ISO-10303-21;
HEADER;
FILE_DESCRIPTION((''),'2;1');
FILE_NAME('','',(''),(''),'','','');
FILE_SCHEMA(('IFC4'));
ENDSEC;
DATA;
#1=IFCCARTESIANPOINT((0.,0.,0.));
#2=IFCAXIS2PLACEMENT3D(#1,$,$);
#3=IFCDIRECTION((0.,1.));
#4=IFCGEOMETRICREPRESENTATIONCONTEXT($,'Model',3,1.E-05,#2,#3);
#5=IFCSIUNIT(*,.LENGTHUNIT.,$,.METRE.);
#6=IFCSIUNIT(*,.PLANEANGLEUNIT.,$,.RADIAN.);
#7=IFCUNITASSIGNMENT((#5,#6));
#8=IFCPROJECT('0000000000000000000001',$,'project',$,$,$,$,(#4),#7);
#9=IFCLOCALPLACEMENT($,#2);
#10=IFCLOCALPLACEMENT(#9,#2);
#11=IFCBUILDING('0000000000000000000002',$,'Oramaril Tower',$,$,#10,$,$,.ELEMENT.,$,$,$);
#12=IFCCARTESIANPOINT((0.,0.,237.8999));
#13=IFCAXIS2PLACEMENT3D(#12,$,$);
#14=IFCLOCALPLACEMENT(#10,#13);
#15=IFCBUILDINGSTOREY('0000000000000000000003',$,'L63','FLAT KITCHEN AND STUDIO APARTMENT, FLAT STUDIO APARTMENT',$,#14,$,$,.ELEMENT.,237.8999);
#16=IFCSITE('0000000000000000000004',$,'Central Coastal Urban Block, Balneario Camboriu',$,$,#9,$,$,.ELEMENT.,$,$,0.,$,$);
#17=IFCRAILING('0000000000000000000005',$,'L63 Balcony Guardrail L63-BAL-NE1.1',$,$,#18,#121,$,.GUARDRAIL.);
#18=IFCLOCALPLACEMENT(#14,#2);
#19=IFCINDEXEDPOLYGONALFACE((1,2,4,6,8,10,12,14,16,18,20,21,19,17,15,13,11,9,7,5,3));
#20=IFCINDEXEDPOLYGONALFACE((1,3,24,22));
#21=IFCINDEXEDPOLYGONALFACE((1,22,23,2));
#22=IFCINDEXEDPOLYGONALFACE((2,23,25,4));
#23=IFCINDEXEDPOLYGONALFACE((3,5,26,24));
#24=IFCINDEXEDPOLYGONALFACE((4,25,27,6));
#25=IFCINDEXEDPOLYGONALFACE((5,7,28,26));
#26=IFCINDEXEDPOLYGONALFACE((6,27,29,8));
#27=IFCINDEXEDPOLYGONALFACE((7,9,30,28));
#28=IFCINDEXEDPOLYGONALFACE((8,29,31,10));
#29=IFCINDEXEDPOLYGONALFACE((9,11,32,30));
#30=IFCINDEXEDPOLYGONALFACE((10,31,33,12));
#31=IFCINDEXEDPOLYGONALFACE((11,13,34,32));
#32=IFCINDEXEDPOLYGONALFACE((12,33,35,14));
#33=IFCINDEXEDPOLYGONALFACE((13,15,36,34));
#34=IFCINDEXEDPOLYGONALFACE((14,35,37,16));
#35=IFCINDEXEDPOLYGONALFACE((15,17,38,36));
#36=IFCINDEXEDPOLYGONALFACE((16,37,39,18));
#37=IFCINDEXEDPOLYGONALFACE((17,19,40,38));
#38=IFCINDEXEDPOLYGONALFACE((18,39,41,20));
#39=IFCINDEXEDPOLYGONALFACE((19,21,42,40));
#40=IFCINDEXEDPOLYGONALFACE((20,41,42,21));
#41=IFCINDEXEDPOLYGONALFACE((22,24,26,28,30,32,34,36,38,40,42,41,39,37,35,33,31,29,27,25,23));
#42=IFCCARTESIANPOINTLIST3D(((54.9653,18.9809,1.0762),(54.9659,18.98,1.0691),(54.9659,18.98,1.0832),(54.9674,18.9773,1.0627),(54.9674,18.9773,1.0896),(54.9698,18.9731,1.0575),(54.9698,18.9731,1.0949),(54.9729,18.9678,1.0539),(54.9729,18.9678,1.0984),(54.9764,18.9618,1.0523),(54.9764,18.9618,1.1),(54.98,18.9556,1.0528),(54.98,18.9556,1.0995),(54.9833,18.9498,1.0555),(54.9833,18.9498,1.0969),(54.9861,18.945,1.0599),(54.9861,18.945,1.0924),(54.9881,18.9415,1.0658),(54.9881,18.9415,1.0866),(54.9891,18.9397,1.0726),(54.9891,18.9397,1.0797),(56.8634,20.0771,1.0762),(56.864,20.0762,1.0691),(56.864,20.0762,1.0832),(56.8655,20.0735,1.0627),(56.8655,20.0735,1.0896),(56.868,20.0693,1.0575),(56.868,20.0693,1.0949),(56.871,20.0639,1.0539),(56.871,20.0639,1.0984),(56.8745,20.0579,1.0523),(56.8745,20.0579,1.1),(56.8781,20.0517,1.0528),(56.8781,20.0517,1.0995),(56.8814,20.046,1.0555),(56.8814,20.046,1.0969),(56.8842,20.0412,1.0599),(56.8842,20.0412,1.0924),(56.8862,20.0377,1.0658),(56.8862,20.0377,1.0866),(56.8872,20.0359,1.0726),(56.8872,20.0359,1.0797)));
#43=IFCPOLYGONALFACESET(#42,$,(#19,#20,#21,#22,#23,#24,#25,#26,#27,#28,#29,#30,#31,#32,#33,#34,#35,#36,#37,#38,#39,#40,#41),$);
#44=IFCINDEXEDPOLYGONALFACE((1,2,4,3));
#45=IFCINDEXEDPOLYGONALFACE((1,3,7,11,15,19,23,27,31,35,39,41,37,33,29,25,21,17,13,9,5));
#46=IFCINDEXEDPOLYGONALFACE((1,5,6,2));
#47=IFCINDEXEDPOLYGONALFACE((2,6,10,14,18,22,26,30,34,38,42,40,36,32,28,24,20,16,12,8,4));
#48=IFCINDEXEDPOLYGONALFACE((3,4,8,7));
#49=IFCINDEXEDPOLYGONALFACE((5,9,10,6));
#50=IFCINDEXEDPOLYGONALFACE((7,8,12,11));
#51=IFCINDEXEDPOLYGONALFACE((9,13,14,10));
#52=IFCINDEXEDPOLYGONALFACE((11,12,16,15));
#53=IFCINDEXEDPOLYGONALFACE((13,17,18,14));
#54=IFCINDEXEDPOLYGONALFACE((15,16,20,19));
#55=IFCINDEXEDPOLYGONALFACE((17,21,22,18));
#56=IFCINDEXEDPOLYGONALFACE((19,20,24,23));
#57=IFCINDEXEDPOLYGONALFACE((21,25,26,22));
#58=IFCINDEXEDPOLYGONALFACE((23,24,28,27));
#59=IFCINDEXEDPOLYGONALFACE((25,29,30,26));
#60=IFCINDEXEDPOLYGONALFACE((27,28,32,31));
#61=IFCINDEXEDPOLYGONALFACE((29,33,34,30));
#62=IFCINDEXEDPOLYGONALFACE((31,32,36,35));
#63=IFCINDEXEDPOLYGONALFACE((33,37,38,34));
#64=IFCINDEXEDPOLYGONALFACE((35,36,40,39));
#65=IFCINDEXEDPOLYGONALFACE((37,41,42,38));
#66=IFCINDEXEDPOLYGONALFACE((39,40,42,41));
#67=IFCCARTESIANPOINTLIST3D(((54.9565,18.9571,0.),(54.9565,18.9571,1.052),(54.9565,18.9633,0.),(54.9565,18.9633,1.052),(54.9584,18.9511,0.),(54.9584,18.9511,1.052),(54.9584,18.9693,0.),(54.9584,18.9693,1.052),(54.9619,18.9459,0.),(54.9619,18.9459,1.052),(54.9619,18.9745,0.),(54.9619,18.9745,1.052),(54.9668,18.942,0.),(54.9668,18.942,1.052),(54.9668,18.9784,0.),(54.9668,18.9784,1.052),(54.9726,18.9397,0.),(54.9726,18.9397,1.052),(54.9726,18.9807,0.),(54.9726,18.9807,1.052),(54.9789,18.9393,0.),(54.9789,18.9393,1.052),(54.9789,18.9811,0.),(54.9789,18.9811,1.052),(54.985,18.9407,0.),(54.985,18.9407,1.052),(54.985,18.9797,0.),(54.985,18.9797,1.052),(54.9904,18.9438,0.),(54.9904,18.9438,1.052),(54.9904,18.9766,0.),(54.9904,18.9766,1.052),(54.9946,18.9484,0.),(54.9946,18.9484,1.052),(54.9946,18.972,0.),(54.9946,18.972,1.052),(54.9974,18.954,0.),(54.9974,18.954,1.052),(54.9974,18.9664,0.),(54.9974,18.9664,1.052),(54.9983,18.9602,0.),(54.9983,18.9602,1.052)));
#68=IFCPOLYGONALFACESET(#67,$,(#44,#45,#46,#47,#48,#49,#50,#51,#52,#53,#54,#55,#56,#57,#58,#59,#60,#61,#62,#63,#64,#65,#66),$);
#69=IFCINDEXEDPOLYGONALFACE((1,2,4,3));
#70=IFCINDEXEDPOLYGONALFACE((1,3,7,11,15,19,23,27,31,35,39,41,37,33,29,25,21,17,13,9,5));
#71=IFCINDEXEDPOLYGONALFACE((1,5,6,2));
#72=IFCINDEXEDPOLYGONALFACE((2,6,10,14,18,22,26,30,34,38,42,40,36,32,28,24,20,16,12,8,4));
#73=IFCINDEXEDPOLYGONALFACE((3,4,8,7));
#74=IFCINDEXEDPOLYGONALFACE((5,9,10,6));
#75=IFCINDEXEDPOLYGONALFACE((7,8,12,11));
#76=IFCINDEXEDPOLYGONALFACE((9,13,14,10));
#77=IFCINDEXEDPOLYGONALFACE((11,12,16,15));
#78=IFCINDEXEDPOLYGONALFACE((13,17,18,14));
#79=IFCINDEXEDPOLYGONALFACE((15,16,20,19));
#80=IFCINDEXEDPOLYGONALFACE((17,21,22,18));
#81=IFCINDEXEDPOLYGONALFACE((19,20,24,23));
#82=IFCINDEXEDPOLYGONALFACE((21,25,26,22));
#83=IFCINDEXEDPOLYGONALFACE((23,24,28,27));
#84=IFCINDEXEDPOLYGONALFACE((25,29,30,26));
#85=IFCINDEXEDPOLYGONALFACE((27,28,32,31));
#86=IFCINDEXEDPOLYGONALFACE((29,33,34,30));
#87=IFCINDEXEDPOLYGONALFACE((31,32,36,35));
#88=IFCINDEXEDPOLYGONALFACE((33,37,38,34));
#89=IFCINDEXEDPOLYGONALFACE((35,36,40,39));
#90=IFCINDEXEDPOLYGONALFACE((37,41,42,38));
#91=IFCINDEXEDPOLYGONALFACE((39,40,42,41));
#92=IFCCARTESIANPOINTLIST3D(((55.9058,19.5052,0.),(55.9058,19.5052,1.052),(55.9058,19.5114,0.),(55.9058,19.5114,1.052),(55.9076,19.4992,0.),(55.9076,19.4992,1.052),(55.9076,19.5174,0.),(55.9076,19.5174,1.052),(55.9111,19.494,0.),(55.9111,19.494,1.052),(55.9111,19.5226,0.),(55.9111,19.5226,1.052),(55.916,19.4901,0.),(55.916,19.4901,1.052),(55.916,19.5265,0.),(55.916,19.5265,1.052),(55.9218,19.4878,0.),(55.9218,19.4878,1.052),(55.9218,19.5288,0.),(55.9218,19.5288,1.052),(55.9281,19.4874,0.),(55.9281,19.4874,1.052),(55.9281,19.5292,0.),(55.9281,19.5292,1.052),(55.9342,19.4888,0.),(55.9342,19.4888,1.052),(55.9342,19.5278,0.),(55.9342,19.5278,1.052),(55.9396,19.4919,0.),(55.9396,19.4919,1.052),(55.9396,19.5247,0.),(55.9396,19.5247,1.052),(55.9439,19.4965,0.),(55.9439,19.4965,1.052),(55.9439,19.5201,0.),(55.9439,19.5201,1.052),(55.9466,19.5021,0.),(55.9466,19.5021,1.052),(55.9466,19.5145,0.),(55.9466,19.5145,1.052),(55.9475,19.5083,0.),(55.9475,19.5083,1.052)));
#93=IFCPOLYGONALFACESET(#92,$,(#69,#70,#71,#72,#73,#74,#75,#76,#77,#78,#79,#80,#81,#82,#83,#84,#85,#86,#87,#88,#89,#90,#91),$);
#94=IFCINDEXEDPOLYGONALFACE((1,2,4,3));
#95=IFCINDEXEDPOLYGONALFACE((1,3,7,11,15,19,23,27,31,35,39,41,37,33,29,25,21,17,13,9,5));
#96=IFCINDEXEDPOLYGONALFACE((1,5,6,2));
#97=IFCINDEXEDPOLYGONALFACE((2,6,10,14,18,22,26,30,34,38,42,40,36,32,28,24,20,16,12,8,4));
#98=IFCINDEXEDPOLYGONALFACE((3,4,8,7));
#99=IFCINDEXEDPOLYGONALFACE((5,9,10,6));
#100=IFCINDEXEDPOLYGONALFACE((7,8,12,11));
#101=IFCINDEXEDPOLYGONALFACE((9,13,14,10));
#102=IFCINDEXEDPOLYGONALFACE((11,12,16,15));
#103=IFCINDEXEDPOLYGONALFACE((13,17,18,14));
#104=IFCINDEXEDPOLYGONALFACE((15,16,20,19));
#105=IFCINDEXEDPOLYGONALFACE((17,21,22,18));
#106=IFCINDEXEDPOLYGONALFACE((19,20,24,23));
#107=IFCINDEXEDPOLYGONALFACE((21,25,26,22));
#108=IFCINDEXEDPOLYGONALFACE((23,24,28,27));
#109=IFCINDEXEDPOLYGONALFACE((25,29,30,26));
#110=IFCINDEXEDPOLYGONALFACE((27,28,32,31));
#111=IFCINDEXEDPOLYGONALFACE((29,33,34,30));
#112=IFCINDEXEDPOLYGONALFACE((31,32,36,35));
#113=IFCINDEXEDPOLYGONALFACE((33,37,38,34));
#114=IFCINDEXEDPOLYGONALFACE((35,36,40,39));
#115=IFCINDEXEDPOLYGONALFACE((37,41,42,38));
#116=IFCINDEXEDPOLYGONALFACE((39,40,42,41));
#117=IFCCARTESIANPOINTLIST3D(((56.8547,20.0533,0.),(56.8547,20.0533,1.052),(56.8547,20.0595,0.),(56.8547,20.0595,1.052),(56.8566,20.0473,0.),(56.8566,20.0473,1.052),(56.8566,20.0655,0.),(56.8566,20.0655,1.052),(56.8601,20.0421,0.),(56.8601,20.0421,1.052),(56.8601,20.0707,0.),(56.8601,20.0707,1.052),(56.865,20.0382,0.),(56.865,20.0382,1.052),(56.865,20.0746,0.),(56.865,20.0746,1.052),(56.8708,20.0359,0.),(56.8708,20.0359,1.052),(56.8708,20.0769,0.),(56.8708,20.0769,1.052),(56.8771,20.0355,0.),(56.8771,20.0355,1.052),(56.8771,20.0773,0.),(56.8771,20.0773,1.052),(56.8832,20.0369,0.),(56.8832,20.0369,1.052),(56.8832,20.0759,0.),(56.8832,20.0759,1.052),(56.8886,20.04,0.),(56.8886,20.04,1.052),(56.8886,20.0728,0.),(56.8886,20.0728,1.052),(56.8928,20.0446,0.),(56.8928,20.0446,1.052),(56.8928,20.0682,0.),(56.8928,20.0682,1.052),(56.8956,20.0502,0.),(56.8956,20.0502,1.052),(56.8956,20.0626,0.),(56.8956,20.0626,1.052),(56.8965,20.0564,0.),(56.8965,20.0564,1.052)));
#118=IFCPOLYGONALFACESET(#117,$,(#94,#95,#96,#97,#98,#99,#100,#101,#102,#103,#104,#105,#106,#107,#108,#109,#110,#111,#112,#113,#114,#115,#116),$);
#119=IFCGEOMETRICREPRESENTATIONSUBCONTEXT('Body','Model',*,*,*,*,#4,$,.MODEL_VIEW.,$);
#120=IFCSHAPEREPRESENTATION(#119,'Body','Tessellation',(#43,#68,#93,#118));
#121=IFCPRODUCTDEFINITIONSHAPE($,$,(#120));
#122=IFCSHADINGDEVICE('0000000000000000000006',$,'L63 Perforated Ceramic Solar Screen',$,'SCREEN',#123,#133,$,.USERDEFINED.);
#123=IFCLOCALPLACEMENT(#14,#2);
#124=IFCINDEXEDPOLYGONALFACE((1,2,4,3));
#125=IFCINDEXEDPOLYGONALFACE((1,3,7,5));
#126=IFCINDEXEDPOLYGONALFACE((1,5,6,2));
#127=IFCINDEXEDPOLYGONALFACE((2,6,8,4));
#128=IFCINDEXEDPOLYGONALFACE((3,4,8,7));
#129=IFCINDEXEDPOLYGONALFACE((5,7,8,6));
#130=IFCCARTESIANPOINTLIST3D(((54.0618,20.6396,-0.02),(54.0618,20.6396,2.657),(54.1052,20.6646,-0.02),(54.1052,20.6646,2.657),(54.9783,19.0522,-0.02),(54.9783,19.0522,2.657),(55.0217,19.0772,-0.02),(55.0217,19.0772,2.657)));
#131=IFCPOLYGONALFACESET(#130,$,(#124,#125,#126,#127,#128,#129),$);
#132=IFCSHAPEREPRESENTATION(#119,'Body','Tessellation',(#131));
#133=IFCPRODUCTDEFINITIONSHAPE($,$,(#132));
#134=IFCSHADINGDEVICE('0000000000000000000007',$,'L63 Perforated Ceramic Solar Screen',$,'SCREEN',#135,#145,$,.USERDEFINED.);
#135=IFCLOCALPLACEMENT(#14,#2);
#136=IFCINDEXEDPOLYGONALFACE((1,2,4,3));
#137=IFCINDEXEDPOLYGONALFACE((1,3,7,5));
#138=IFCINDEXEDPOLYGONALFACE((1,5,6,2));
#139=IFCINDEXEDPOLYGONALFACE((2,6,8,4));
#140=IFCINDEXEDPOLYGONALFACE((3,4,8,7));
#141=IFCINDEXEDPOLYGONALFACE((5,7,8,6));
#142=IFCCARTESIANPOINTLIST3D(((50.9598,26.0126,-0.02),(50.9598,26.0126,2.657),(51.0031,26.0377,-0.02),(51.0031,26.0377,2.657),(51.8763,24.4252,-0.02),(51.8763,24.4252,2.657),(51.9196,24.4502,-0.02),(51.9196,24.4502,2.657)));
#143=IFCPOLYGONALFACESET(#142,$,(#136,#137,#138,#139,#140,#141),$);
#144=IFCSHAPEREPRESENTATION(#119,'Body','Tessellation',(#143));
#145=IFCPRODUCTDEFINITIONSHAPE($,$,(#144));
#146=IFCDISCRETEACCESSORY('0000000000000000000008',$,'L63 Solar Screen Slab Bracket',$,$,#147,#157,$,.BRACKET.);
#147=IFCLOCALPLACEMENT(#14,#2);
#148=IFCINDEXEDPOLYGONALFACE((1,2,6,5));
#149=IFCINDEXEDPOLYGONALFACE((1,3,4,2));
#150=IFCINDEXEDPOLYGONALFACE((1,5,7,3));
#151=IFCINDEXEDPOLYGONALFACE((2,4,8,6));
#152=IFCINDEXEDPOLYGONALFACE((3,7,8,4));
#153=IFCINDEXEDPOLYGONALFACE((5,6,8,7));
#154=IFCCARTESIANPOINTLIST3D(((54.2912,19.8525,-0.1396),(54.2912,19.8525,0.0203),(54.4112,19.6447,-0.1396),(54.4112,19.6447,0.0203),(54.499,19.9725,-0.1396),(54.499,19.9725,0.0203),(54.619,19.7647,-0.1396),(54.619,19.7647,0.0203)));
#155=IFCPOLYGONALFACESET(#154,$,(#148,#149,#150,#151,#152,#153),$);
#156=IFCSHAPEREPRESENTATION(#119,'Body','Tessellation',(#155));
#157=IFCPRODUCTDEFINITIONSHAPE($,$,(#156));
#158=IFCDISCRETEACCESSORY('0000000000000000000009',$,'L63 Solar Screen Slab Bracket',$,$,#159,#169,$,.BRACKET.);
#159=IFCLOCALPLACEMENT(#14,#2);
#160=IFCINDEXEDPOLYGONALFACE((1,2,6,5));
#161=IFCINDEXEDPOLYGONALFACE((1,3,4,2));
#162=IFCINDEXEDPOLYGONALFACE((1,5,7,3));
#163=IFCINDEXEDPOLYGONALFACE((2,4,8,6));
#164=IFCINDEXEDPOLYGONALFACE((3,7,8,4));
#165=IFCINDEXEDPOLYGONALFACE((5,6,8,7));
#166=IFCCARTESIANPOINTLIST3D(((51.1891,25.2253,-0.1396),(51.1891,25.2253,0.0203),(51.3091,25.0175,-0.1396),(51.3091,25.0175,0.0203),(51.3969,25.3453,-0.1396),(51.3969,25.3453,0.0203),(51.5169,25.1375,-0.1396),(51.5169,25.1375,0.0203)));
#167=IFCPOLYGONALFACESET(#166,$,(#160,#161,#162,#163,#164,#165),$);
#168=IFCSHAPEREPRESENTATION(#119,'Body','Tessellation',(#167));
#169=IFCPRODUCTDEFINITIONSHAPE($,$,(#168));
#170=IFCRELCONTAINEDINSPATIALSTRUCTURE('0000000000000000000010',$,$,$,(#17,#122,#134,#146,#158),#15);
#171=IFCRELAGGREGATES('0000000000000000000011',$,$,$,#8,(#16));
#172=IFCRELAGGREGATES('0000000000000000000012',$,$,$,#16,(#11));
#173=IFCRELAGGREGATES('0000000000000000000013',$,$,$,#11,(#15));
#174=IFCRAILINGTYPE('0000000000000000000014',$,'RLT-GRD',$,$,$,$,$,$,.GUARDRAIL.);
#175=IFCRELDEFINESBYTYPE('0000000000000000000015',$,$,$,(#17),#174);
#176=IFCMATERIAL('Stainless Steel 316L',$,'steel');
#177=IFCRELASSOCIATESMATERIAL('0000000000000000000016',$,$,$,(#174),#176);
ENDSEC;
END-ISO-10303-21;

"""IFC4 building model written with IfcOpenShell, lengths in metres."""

from ifc_helpers import new_model, si_unit, direction, frame, origin, origin_2d, place, context, subcontext, project, spatial, rectangle, circle, extrude, material, type_object, element, save


model = new_model("IFC4")

# Units and contexts
model_context = context("Model", 3, precision=1e-05, world=origin(), true_north=direction((0.0, 1.0)))
body_context = subcontext(model_context, "Body", "Model", "MODEL_VIEW")
ifc_project = project(units=[si_unit("LENGTHUNIT", "METRE"), si_unit("PLANEANGLEUNIT", "RADIAN")], contexts=[model_context])

# Site, building, storey
site_placement = place(None, origin())
site = spatial("IfcSite", under=ifc_project, at=site_placement, Name="Central Coastal Urban Block, Balneario Camboriu", CompositionType="ELEMENT", RefElevation=0.0)
building_placement = place(site_placement, origin())
building = spatial("IfcBuilding", under=site, at=building_placement, Name="Oramaril Tower", CompositionType="ELEMENT")
storey_placement = place(building_placement, frame((0.0, 0.0, 237.8999)))
storey = spatial("IfcBuildingStorey", under=building, at=storey_placement, Name="L63", Description="FLAT KITCHEN AND STUDIO APARTMENT, FLAT STUDIO APARTMENT", CompositionType="ELEMENT", Elevation=237.8999)

# Railing
ifc_material_1 = material(Name="Stainless Steel 316L", Category="steel")
railing_type = type_object("IfcRailingType", Name="RLT-GRD", PredefinedType="GUARDRAIL", material=ifc_material_1)
railing_1_placement = place(storey_placement, frame((54.9773, 18.9602, 0.0)))
element("IfcRailing", 1, at=railing_1_placement, inside=storey, type_object=railing_type, Name="L63 Balcony Guardrail L63-BAL-NE1.1", PredefinedType="GUARDRAIL", context=body_context, shape_type="SweptSolid", body=[
    extrude(circle(Radius=0.0239, at=origin_2d()), frame((0.0, 0.0, 1.0762), z_axis=(0.865972, 0.500092, 0.0), x_axis=(-0.500092, 0.865972, 0.0)), (0.0, 0.0, 1.0), 2.1919),
    extrude(circle(Radius=0.021, at=origin_2d()), origin(), (0.0, 0.0, 1.0), 1.052),
    extrude(circle(Radius=0.021, at=origin_2d()), frame((0.9492, 0.5481, 0.0)), (0.0, 0.0, 1.0), 1.052),
    extrude(circle(Radius=0.021, at=origin_2d()), frame((1.8982, 1.0962, 0.0)), (0.0, 0.0, 1.0), 1.052),
])

# Shading devices
for number, where, z_axis, x_axis, name in (
    (2, (54.5417, 19.8584, -0.02), (0.0, 0.0, 1.0), (-0.500002, 0.866025, 0.0), "L63 Perforated Ceramic Solar Screen"),
    (3, (51.4397, 25.2314, -0.02), (0.0, 0.0, 1.0), (-0.500002, 0.866025, 0.0), "L63 Perforated Ceramic Solar Screen"),
):
    element("IfcShadingDevice", number, at=place(storey_placement, frame(where, z_axis=z_axis, x_axis=x_axis)), inside=storey, Name=name, ObjectType="SCREEN", PredefinedType="USERDEFINED", context=body_context, shape_type="SweptSolid", body=[
        extrude(rectangle(XDim=1.833, YDim=0.05, at=origin_2d()), origin(), (0.0, 0.0, 1.0), 2.677),
    ])

# Discrete accessories
for number, where, z_axis, x_axis, name in (
    (4, (54.4551, 19.8086, -0.1396), (0.0, 0.0, 1.0), (-0.500002, 0.866025, 0.0), "L63 Solar Screen Slab Bracket"),
    (5, (51.353, 25.1814, -0.1396), (0.0, 0.0, 1.0), (-0.500002, 0.866025, 0.0), "L63 Solar Screen Slab Bracket"),
):
    element("IfcDiscreteAccessory", number, at=place(storey_placement, frame(where, z_axis=z_axis, x_axis=x_axis)), inside=storey, Name=name, PredefinedType="BRACKET", context=body_context, shape_type="SweptSolid", body=[
        extrude(rectangle(XDim=0.24, YDim=0.24, at=origin_2d()), origin(), (0.0, 0.0, 1.0), 0.1599),
    ])

save(model, "model.ifc")
